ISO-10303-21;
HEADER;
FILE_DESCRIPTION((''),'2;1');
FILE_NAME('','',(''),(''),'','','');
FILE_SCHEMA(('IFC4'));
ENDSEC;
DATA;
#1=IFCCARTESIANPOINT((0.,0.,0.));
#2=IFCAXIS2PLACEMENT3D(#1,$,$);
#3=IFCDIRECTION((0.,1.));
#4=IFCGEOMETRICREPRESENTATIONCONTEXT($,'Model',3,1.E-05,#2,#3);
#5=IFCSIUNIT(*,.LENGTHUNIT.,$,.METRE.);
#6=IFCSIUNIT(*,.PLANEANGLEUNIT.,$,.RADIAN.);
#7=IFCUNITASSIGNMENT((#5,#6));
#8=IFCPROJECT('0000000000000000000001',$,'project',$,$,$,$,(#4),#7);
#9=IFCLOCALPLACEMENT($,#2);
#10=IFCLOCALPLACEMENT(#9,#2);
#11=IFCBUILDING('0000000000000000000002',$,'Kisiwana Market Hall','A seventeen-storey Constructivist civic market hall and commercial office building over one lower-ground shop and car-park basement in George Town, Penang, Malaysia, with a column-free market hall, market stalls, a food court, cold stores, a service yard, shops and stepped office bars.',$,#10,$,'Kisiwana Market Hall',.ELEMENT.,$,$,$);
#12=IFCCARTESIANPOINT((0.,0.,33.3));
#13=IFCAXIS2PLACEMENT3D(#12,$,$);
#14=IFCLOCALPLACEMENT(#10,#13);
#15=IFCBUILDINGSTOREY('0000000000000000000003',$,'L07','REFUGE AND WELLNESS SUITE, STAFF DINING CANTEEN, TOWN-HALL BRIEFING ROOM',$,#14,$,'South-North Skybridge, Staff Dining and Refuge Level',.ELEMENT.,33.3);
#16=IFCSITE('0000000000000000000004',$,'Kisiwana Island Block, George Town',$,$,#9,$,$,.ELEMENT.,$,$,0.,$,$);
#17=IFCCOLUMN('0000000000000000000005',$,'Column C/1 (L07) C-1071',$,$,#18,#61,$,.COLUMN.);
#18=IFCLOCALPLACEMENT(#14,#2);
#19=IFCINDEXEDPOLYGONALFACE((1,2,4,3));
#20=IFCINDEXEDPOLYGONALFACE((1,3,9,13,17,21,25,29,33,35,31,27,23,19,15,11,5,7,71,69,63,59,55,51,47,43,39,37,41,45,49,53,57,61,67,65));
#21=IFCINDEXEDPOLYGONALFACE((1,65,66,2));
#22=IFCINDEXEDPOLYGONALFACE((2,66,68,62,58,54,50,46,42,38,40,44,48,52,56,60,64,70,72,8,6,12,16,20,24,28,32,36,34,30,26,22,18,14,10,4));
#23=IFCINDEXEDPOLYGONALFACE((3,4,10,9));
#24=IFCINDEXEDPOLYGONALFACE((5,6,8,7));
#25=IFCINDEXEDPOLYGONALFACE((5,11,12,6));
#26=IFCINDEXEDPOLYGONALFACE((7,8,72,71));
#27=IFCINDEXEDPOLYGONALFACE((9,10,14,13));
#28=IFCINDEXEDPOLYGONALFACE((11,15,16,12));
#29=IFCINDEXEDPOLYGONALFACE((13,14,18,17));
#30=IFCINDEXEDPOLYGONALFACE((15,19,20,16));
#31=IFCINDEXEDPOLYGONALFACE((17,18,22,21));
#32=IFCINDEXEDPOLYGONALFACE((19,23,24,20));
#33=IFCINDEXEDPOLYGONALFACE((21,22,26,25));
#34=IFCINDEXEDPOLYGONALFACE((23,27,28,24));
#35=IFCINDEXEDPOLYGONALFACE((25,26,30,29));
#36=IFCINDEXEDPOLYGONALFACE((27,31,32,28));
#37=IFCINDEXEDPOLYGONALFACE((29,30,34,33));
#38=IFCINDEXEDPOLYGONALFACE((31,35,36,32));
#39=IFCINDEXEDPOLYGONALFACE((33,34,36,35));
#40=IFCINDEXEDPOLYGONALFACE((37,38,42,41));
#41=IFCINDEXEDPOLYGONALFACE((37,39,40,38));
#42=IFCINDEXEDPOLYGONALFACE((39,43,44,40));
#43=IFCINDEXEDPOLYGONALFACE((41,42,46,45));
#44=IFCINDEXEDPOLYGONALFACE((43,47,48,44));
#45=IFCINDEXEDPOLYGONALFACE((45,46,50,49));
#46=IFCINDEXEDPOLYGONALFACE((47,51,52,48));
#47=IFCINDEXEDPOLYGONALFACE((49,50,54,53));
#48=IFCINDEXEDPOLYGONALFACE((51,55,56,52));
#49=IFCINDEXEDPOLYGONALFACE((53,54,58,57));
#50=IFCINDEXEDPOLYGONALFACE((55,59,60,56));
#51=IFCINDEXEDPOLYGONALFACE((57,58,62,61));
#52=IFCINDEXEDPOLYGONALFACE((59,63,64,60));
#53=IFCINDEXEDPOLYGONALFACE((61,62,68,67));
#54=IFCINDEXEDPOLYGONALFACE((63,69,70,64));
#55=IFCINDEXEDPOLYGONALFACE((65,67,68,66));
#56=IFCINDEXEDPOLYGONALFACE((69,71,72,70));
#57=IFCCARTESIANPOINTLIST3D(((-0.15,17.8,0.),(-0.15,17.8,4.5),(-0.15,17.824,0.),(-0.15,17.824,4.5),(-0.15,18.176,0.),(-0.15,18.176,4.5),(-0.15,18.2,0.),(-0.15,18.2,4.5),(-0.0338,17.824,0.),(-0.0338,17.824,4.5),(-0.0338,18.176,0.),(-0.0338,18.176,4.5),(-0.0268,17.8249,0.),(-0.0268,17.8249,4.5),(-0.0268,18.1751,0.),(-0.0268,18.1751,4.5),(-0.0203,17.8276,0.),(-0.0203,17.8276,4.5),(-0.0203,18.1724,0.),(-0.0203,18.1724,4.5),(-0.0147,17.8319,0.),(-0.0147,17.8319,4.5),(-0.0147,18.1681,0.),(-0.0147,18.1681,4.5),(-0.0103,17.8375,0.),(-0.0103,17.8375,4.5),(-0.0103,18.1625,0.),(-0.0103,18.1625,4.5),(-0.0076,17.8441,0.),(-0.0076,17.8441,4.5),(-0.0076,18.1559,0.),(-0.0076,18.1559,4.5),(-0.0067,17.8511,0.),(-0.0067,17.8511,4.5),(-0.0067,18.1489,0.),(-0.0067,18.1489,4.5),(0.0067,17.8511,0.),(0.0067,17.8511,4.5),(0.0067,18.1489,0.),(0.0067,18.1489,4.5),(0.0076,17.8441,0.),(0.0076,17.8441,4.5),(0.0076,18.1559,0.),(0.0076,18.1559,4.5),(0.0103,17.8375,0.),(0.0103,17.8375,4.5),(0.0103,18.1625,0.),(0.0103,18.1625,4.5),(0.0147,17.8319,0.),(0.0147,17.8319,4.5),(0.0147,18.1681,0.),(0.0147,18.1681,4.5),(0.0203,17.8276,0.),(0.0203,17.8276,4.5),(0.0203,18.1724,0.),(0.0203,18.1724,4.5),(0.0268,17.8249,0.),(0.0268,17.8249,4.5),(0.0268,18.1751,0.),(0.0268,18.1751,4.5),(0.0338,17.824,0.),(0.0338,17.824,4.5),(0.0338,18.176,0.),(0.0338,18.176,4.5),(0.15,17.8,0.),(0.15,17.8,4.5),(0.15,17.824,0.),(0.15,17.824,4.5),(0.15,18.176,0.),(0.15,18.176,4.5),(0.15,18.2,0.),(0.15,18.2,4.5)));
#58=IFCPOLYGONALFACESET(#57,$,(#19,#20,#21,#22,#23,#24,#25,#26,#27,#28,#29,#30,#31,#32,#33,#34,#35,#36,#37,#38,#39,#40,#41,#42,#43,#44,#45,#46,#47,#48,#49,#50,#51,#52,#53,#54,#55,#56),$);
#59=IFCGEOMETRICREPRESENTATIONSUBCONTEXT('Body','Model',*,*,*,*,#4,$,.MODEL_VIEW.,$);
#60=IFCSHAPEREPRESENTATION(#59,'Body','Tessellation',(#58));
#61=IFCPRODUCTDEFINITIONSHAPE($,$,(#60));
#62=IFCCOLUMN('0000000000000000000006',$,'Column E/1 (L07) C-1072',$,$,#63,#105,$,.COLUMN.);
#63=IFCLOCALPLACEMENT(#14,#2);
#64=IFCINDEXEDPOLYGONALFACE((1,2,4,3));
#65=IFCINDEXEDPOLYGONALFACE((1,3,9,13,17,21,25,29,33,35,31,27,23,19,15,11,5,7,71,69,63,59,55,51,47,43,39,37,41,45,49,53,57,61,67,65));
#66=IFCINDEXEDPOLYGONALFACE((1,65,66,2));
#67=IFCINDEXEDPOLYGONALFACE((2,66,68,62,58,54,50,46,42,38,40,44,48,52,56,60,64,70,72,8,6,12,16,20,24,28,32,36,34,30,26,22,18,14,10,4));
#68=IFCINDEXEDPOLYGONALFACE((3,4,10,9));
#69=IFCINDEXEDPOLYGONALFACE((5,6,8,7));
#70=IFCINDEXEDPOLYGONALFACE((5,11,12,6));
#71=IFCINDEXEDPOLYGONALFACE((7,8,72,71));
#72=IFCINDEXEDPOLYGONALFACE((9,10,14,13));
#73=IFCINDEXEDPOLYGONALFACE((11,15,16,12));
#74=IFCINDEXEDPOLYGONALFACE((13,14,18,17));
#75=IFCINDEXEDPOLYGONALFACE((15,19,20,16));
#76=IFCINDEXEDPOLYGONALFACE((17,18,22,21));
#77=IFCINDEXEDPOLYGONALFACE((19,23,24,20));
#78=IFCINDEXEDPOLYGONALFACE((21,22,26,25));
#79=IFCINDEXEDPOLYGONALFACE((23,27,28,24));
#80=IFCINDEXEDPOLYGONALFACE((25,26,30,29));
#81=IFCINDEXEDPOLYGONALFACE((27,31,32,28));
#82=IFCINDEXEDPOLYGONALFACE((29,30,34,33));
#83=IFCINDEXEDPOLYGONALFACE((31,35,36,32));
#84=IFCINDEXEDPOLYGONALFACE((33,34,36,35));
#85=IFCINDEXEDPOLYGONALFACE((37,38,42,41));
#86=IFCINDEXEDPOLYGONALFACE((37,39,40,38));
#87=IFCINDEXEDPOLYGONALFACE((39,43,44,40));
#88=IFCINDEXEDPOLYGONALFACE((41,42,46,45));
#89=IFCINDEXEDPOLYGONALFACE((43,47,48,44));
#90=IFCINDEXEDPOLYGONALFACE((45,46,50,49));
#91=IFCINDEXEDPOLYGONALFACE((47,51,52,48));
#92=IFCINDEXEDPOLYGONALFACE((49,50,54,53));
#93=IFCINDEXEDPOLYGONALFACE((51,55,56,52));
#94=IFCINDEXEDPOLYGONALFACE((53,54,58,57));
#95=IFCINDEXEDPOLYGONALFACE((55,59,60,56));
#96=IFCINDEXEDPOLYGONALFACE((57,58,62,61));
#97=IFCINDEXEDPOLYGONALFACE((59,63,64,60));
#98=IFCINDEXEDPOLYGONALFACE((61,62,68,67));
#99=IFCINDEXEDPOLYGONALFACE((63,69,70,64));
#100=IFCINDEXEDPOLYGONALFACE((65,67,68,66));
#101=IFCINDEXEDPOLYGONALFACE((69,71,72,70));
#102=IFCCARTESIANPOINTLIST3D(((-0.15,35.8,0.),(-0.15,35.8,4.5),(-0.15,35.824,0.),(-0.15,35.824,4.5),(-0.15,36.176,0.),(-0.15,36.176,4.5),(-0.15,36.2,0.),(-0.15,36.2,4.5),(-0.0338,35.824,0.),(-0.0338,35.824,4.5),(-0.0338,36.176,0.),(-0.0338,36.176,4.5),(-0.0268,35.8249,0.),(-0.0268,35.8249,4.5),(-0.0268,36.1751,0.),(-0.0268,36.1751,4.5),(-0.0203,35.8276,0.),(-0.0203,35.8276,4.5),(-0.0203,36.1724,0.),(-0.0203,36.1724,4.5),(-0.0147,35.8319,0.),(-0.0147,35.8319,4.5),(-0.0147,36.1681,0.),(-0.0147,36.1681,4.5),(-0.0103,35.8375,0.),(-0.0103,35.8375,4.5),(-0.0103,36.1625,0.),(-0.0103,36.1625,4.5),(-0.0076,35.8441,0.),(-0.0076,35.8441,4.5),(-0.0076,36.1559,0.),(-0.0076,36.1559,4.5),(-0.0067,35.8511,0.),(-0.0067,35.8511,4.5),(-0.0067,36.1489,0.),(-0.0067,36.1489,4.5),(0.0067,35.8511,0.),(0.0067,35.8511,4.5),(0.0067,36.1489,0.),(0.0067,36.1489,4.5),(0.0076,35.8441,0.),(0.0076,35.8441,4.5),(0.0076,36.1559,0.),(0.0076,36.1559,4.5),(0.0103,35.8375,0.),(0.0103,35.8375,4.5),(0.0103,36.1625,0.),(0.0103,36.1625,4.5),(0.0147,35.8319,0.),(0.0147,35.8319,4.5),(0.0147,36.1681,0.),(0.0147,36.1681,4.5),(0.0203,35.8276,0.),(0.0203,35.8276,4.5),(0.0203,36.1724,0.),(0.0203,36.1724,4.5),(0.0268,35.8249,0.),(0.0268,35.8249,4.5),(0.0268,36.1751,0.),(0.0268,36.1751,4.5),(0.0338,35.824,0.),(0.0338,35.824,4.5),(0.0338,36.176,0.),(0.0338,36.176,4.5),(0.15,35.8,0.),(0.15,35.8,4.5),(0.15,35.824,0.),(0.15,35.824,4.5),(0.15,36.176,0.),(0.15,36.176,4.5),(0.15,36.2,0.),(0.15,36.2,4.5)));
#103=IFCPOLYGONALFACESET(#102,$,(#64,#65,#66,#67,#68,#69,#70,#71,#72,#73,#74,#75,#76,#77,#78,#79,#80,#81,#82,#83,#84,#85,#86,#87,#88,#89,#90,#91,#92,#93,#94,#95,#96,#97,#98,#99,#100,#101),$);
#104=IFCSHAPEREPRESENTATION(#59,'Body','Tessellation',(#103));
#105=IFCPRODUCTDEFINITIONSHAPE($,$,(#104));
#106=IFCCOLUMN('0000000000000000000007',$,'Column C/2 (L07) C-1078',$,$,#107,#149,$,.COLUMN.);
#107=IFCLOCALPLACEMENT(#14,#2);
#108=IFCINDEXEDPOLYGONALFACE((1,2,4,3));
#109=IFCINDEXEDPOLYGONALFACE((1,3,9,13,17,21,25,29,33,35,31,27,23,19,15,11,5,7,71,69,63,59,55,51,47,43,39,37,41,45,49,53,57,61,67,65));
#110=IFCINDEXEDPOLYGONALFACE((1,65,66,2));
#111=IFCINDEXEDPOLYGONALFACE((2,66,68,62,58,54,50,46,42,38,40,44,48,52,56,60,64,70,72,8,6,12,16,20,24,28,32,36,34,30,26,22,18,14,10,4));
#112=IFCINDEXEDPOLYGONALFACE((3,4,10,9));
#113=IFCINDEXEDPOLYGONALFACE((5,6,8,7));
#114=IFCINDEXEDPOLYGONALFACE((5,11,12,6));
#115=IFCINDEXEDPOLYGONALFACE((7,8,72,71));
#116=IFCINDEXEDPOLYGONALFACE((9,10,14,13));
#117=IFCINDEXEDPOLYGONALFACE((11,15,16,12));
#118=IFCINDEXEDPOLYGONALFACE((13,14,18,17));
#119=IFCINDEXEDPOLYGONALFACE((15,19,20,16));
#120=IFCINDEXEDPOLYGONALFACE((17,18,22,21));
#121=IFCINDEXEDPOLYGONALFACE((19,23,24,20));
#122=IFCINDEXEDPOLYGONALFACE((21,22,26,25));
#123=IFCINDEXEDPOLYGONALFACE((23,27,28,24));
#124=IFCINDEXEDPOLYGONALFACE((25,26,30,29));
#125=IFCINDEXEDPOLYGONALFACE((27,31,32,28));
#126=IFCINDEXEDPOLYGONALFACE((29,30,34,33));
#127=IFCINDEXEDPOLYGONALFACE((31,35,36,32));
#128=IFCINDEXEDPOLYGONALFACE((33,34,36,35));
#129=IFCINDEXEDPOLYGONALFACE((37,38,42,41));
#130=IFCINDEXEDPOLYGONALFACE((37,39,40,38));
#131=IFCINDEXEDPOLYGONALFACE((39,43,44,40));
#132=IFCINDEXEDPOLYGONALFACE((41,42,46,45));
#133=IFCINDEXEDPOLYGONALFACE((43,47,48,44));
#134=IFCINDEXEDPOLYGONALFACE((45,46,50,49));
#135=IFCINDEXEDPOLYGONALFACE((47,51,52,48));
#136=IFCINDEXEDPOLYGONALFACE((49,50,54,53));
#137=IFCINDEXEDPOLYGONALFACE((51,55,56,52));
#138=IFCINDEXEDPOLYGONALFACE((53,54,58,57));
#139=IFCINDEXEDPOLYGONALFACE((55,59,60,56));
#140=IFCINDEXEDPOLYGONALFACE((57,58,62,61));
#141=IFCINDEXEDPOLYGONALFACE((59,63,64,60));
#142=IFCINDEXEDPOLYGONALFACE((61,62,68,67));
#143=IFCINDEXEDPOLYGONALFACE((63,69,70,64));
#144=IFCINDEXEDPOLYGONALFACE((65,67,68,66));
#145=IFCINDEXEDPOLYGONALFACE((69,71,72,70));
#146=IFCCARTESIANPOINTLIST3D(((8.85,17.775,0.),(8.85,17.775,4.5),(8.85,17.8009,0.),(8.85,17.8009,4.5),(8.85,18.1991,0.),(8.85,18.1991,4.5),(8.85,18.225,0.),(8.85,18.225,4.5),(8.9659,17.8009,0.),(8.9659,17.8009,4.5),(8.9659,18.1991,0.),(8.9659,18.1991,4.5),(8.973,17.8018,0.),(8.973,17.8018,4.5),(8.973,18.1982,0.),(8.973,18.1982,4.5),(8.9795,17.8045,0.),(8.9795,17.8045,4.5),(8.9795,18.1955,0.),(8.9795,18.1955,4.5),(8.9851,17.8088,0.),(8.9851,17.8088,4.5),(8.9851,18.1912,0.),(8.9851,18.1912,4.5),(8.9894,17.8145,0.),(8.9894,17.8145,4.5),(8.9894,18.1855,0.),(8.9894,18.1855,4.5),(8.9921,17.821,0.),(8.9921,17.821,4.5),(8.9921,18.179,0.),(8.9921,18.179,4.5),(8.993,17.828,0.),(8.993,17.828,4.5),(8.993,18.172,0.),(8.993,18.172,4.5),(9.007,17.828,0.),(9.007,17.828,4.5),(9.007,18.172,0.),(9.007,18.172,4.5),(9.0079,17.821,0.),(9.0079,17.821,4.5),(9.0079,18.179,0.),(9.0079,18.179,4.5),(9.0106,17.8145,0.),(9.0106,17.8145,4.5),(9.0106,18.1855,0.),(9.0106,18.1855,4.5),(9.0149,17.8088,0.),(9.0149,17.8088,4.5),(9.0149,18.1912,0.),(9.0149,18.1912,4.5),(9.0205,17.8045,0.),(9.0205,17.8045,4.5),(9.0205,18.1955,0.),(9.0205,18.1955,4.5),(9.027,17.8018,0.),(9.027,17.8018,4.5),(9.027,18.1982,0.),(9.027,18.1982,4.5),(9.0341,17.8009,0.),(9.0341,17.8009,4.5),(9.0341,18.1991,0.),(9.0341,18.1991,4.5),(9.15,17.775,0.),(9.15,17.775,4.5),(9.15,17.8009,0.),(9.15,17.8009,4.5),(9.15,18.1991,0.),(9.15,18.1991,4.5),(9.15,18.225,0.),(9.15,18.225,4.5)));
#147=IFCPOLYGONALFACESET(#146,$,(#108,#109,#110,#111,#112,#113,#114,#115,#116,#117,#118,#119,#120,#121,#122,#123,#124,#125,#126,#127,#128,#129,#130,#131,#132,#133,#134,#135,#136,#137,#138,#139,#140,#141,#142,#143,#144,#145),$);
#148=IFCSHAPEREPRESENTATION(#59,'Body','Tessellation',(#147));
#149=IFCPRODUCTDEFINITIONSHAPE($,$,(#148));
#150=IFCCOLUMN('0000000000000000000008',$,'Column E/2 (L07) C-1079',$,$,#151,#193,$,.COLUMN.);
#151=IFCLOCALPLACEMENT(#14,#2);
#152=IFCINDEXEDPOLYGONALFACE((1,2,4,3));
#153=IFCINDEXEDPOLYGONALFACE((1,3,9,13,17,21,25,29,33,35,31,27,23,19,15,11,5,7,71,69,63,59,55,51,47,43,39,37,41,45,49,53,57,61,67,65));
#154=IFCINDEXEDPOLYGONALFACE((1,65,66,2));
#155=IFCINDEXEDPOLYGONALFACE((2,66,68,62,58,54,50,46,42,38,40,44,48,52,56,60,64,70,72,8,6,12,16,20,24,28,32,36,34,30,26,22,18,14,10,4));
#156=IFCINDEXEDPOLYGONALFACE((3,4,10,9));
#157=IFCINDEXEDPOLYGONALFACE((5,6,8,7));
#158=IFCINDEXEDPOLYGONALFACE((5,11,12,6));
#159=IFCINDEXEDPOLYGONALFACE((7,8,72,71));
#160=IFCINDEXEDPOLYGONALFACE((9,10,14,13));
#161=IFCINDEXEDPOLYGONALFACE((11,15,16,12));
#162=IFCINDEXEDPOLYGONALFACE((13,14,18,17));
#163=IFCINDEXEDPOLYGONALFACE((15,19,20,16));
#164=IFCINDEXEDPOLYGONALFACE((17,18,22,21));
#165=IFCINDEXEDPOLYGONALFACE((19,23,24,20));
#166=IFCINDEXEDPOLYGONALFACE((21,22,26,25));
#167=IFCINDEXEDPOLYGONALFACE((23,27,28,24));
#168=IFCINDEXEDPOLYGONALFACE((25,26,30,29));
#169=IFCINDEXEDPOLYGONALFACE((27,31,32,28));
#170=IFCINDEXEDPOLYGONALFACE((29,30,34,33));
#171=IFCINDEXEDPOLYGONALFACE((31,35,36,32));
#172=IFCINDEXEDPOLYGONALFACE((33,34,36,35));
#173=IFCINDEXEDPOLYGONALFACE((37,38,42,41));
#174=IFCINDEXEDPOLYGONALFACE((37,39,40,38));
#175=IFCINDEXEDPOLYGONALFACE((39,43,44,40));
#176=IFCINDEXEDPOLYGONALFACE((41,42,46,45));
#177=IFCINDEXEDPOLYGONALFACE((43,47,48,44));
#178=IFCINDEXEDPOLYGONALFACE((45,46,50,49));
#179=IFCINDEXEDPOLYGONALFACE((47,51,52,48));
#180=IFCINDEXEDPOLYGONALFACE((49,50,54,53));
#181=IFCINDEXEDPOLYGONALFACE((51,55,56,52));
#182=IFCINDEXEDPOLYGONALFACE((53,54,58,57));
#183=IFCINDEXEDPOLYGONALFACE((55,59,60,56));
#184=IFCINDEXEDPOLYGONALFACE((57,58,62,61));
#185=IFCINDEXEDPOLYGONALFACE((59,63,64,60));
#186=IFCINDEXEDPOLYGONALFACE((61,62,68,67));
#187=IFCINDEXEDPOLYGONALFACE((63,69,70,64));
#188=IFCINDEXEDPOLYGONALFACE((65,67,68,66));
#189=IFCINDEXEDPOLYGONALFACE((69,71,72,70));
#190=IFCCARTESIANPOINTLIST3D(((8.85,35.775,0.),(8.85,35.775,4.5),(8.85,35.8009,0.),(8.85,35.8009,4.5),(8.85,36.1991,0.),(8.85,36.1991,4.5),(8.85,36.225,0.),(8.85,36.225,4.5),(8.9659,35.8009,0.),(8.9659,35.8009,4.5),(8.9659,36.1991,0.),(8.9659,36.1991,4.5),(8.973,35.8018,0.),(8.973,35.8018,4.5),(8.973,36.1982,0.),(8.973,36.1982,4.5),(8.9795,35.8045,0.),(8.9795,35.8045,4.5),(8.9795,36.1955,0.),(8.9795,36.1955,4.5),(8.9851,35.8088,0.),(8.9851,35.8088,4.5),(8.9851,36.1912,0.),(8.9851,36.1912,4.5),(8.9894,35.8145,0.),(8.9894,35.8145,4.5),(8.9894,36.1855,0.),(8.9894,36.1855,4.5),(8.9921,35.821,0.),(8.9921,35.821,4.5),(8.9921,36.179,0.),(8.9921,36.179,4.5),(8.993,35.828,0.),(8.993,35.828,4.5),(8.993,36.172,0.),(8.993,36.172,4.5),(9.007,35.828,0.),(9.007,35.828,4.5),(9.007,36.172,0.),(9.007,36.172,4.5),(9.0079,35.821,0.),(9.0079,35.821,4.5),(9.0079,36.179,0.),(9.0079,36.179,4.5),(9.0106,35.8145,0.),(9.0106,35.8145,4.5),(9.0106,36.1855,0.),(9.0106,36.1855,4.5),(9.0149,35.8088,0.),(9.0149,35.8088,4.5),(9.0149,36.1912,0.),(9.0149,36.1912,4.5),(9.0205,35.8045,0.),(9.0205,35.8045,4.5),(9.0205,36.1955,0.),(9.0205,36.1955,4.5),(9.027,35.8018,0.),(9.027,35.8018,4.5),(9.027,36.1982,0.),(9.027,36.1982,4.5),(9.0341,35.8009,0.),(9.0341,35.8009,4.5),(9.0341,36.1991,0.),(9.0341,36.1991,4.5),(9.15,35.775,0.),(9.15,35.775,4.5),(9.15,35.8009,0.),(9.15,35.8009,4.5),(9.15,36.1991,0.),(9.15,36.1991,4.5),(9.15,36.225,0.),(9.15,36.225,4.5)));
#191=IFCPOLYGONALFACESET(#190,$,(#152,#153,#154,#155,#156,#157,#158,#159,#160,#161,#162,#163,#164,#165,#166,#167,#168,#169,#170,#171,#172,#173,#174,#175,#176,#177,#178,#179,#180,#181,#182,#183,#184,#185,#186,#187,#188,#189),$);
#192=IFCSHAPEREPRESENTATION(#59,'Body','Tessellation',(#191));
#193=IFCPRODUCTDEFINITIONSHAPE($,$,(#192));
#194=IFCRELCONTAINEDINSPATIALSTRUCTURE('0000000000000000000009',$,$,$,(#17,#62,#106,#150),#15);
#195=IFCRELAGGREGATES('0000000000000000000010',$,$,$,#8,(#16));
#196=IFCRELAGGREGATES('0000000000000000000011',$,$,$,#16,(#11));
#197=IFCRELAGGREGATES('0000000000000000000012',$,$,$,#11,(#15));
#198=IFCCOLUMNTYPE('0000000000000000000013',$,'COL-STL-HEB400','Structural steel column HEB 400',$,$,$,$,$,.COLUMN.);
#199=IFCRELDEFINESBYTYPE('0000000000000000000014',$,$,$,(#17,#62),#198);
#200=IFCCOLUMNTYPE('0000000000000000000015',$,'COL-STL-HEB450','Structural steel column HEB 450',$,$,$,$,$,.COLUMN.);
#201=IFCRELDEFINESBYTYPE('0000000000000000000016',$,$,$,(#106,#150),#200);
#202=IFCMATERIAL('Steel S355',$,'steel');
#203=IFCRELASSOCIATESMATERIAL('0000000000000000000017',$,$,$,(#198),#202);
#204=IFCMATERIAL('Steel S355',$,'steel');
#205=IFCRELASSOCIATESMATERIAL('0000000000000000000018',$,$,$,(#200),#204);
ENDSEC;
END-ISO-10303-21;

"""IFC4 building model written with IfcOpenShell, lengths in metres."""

from ifc_helpers import new_model, si_unit, direction, frame, origin, origin_2d, place, context, subcontext, project, spatial, i_section, extrude, material, material_profile, profile_set, type_object, element, save


model = new_model("IFC4")

# Units and contexts
model_context = context("Model", 3, precision=1e-05, world=origin(), true_north=direction((0.0, 1.0)))
body_context = subcontext(model_context, "Body", "Model", "MODEL_VIEW")
ifc_project = project(units=[si_unit("LENGTHUNIT", "METRE"), si_unit("PLANEANGLEUNIT", "RADIAN")], contexts=[model_context])

# Site, building, storey
site_placement = place(None, origin())
site = spatial("IfcSite", under=ifc_project, at=site_placement, Name="Kisiwana Island Block, George Town", CompositionType="ELEMENT", RefElevation=0.0)
building_placement = place(site_placement, origin())
building = spatial("IfcBuilding", under=site, at=building_placement, Name="Kisiwana Market Hall", Description="A seventeen-storey Constructivist civic market hall and commercial office building over one lower-ground shop and car-park basement in George Town, Penang, Malaysia, with a column-free market hall, market stalls, a food court, cold stores, a service yard, shops and stepped office bars.", LongName="Kisiwana Market Hall", CompositionType="ELEMENT")
storey_placement = place(building_placement, frame((0.0, 0.0, 33.3)))
storey = spatial("IfcBuildingStorey", under=building, at=storey_placement, Name="L07", Description="REFUGE AND WELLNESS SUITE, STAFF DINING CANTEEN, TOWN-HALL BRIEFING ROOM", LongName="South-North Skybridge, Staff Dining and Refuge Level", CompositionType="ELEMENT", Elevation=33.3)

# Columns
ifc_material_1 = material(Name="Steel S355", Category="steel")
ifc_material_profile_1 = material_profile(ifc_material_1, i_section(OverallWidth=0.3, OverallDepth=0.3999, WebThickness=0.0134, FlangeThickness=0.0239, FilletRadius=0.0271, at=origin_2d()), Name="HEB 400")
ifc_profile_set_1 = profile_set([ifc_material_profile_1], Name="Steel S355")
column_type_1 = type_object("IfcColumnType", Name="COL-STL-HEB400", Description="Structural steel column HEB 400", PredefinedType="COLUMN", material=ifc_profile_set_1)
for number, where, z_axis, x_axis, name in (
    (1, (0.0, 18.0, 0.0), (0.0, 0.0, 1.0), (1.0, 0.0, 0.0), "Column C/1 (L07) C-1071"),
    (2, (0.0, 36.0, 0.0), (0.0, 0.0, 1.0), (1.0, 0.0, 0.0), "Column E/1 (L07) C-1072"),
):
    element("IfcColumn", number, at=place(storey_placement, frame(where, z_axis=z_axis, x_axis=x_axis)), inside=storey, type_object=column_type_1, Name=name, PredefinedType="COLUMN", context=body_context, shape_type="SweptSolid", body=[
        extrude(i_section(OverallWidth=0.3, OverallDepth=0.3999, WebThickness=0.0134, FlangeThickness=0.0239, FilletRadius=0.0271, at=origin_2d()), origin(), (0.0, 0.0, 1.0), 4.5),
    ])
ifc_material_2 = material(Name="Steel S355", Category="steel")
ifc_material_profile_2 = material_profile(ifc_material_2, i_section(OverallWidth=0.3, OverallDepth=0.45, WebThickness=0.0139, FlangeThickness=0.0259, FilletRadius=0.0271, at=origin_2d()), Name="HEB 450")
ifc_profile_set_2 = profile_set([ifc_material_profile_2], Name="Steel S355")
column_type_2 = type_object("IfcColumnType", Name="COL-STL-HEB450", Description="Structural steel column HEB 450", PredefinedType="COLUMN", material=ifc_profile_set_2)
for number, where, z_axis, x_axis, name in (
    (3, (9.0, 18.0, 0.0), (0.0, 0.0, 1.0), (1.0, 0.0, 0.0), "Column C/2 (L07) C-1078"),
    (4, (9.0, 36.0, 0.0), (0.0, 0.0, 1.0), (1.0, 0.0, 0.0), "Column E/2 (L07) C-1079"),
):
    element("IfcColumn", number, at=place(storey_placement, frame(where, z_axis=z_axis, x_axis=x_axis)), inside=storey, type_object=column_type_2, Name=name, PredefinedType="COLUMN", context=body_context, shape_type="SweptSolid", body=[
        extrude(i_section(OverallWidth=0.3, OverallDepth=0.45, WebThickness=0.0139, FlangeThickness=0.0259, FilletRadius=0.0271, at=origin_2d()), origin(), (0.0, 0.0, 1.0), 4.5),
    ])

save(model, "model.ifc")
